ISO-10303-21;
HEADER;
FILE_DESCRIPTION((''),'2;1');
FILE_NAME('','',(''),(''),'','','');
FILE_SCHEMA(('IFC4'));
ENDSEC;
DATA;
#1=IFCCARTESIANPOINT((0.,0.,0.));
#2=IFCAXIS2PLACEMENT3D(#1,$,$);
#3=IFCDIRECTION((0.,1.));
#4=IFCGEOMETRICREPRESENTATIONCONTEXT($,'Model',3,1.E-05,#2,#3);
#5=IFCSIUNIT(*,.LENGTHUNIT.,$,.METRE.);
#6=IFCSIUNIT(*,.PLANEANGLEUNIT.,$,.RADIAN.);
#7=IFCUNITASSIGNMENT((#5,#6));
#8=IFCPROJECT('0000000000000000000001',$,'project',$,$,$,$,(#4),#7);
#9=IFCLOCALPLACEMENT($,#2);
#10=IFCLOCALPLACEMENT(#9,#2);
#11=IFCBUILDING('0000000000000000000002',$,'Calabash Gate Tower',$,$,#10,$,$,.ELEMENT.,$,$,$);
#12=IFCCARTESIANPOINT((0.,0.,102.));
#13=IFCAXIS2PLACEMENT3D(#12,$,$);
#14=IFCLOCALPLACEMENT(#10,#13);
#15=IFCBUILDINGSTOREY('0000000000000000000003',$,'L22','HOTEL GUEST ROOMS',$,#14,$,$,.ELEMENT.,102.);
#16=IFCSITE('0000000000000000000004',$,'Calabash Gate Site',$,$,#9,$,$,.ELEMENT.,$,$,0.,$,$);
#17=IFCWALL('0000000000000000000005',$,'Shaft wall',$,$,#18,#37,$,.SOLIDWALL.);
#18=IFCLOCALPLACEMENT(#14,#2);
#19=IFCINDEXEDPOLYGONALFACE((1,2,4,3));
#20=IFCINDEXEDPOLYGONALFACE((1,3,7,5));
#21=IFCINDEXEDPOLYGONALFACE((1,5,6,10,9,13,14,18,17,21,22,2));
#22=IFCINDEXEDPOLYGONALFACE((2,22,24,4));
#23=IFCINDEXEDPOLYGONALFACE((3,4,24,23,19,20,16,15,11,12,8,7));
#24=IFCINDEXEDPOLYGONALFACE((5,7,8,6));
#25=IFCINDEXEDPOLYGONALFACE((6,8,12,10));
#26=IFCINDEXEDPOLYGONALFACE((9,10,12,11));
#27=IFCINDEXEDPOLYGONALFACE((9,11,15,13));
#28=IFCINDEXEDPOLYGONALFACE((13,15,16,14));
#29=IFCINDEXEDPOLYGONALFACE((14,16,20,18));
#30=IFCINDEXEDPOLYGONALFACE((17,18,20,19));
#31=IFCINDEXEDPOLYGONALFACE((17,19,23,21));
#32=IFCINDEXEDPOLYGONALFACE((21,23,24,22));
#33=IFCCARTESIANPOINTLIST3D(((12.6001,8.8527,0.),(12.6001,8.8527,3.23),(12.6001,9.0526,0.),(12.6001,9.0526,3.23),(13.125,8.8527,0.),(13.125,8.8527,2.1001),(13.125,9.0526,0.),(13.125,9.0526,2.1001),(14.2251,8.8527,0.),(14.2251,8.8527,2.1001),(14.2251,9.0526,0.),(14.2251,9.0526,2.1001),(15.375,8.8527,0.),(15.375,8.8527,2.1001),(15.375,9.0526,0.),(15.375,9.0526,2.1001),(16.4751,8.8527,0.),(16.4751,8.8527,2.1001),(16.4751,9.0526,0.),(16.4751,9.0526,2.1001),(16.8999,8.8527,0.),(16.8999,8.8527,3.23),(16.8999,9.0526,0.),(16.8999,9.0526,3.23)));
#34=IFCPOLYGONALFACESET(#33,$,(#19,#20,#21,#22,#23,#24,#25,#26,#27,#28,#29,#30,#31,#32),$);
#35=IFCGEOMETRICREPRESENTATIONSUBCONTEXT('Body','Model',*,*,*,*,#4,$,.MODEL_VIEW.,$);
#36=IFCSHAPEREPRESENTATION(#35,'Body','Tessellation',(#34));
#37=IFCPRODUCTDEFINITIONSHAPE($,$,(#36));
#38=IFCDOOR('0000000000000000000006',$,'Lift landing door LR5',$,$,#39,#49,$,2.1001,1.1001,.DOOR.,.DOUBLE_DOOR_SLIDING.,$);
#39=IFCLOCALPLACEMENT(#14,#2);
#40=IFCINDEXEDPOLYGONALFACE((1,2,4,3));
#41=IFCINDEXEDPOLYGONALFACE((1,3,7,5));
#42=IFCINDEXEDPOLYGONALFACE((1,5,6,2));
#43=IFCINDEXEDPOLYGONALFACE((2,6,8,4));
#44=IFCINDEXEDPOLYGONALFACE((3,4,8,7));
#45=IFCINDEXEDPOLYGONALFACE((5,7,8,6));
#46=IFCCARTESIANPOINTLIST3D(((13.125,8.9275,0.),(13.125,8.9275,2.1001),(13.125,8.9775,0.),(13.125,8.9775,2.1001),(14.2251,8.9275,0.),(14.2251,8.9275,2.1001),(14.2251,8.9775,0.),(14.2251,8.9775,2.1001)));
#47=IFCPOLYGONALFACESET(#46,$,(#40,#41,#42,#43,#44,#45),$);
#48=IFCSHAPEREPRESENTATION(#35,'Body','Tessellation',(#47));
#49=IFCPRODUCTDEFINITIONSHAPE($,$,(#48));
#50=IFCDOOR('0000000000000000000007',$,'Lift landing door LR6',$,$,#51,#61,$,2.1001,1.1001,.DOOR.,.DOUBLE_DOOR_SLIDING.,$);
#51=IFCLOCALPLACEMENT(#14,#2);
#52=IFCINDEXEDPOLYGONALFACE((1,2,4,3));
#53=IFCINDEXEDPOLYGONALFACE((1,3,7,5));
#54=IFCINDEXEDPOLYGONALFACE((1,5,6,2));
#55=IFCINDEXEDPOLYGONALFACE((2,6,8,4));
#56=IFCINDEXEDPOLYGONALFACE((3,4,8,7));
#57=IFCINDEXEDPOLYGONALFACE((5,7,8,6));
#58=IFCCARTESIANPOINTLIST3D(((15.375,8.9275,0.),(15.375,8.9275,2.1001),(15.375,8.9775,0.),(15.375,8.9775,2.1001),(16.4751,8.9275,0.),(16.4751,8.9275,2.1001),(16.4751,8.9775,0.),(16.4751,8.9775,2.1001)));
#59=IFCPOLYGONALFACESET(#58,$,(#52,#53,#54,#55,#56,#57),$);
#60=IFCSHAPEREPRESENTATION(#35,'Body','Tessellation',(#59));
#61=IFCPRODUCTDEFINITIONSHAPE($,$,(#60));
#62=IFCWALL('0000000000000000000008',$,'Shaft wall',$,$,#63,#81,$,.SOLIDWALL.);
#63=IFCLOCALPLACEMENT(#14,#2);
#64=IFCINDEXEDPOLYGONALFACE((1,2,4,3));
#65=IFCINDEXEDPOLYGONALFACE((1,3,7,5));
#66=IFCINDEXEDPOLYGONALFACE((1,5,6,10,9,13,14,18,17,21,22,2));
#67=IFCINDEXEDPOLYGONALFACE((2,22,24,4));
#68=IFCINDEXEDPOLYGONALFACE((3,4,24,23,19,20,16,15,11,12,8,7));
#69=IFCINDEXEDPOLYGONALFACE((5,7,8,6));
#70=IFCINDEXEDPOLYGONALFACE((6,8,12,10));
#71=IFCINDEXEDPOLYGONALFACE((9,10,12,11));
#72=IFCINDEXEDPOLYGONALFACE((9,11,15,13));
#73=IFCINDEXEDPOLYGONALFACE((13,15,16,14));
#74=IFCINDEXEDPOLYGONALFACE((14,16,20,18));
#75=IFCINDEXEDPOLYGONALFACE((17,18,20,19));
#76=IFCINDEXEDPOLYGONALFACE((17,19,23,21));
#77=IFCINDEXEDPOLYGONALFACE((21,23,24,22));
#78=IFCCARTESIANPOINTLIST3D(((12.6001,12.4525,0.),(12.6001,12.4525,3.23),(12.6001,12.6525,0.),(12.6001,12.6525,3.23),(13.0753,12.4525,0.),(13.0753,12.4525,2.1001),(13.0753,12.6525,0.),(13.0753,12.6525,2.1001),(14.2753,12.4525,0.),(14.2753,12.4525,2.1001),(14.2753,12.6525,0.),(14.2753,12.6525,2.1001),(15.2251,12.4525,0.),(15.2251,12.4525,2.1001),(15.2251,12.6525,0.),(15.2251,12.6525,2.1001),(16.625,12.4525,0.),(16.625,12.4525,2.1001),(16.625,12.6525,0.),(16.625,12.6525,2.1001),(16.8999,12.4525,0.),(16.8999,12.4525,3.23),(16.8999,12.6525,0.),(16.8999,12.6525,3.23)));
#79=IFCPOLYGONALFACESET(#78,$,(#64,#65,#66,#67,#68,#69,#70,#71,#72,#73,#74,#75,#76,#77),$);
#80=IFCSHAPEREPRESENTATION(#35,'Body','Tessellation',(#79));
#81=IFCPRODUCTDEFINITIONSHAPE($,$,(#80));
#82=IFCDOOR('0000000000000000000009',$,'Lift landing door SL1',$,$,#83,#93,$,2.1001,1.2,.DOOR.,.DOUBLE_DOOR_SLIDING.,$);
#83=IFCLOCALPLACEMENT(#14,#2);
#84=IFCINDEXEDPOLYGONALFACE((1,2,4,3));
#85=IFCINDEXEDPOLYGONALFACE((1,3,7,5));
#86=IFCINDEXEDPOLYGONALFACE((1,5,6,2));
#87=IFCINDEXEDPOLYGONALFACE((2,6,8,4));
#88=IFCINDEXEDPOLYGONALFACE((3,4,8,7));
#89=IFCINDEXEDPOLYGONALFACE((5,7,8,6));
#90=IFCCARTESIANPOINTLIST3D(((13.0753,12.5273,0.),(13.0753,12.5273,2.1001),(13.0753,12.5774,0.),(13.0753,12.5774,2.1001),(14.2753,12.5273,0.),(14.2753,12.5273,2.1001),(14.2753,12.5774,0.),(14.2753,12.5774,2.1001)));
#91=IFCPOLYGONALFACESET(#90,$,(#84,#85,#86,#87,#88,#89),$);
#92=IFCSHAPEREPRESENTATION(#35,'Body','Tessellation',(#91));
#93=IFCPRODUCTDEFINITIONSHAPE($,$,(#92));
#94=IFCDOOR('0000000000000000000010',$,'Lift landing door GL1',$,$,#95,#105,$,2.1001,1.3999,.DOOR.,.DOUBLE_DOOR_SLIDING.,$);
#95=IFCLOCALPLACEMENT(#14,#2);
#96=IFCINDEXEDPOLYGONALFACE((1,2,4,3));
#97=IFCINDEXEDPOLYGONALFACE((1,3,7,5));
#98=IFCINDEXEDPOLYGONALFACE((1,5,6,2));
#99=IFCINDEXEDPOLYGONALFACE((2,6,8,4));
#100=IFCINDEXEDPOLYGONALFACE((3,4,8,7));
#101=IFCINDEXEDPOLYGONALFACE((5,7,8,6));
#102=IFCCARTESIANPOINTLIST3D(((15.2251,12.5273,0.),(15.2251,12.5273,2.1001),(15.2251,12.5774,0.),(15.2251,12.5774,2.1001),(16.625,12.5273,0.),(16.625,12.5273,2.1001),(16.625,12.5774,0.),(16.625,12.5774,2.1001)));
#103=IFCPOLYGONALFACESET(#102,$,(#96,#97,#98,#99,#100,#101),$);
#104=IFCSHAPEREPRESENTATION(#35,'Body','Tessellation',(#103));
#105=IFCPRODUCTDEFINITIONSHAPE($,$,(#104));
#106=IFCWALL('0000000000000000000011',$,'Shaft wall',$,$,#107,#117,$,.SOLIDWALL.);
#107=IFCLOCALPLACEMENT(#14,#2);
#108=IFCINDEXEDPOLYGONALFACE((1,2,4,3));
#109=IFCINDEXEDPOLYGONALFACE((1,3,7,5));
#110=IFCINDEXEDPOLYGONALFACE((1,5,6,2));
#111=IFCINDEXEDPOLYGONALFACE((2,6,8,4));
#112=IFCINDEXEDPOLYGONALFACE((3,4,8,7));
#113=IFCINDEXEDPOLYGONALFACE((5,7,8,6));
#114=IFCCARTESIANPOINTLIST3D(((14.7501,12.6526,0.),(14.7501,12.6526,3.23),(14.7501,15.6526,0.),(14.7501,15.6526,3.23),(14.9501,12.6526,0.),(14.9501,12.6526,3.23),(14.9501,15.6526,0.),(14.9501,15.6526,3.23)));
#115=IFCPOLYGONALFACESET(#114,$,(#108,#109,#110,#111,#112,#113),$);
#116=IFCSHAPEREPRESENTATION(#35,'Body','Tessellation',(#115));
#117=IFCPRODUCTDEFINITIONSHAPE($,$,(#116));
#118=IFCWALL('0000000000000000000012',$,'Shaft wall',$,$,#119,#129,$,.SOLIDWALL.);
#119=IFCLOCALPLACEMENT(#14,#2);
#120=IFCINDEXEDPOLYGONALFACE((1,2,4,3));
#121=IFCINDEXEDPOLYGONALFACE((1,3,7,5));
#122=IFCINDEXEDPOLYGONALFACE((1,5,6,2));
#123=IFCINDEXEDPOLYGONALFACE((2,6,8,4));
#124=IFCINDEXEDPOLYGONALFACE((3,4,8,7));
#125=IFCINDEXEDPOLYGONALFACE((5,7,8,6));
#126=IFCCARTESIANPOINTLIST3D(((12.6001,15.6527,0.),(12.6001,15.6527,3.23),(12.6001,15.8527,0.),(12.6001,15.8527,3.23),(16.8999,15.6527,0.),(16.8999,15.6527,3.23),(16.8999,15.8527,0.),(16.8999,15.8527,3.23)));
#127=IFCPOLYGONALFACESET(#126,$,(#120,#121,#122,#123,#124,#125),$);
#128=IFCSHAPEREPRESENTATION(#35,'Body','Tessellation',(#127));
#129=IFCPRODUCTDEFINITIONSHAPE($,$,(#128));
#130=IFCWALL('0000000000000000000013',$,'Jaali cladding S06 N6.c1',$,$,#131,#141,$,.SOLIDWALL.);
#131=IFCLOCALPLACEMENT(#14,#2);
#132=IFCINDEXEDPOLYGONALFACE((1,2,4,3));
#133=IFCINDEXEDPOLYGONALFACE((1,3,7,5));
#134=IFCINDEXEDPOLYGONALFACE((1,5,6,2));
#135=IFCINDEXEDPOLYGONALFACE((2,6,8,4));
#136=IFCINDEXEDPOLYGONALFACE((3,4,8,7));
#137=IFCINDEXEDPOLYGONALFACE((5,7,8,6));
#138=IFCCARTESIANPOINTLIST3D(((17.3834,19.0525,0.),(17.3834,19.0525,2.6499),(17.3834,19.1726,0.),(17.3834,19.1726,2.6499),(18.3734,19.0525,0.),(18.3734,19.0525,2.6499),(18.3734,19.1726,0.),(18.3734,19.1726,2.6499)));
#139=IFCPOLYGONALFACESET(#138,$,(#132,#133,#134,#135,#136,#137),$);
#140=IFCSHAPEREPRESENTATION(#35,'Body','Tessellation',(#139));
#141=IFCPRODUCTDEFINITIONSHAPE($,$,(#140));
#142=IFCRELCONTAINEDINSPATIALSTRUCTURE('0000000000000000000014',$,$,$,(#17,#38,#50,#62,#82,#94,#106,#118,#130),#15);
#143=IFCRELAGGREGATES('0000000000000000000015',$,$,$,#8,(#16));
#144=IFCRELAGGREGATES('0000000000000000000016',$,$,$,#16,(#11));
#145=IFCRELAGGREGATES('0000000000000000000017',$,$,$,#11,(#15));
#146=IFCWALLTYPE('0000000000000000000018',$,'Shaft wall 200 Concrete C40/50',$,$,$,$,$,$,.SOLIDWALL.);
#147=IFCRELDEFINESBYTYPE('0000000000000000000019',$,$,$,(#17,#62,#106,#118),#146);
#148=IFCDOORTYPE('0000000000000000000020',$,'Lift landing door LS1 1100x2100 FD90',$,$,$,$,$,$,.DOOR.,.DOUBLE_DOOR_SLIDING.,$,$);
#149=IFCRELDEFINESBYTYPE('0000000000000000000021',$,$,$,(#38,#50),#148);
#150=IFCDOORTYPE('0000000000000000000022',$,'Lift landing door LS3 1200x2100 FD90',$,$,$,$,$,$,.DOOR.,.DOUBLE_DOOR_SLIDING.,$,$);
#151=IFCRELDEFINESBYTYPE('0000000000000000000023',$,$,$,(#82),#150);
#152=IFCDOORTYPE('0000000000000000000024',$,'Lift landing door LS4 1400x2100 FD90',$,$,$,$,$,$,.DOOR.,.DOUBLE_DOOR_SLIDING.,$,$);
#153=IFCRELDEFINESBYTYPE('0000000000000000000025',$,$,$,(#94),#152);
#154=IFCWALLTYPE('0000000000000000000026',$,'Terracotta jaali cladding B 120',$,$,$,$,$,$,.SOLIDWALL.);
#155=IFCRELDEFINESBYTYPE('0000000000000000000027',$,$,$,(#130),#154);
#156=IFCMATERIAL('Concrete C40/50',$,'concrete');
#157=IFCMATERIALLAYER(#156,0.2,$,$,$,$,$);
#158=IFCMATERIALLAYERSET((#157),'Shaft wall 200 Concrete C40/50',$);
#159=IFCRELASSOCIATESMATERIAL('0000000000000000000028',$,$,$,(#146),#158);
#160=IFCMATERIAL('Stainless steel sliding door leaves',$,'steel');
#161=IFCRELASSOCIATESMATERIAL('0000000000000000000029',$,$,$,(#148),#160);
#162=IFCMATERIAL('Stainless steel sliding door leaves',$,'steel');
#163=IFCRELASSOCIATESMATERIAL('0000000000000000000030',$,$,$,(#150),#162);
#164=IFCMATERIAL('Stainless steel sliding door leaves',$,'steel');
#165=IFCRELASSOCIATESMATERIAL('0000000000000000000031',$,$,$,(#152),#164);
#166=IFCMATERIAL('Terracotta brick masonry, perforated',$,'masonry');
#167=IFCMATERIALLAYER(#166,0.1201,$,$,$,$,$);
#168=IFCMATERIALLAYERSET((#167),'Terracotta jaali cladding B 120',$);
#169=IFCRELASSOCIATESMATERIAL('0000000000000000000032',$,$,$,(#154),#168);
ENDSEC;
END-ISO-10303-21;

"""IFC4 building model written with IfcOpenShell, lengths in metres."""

from ifc_helpers import new_model, si_unit, direction, frame, frame_2d, origin, place, context, subcontext, project, spatial, rectangle, extrude, material, layer, layer_set, type_object, element, fill, save


model = new_model("IFC4")

# Units and contexts
model_context = context("Model", 3, precision=1e-05, world=origin(), true_north=direction((0.0, 1.0)))
body_context = subcontext(model_context, "Body", "Model", "MODEL_VIEW")
ifc_project = project(units=[si_unit("LENGTHUNIT", "METRE"), si_unit("PLANEANGLEUNIT", "RADIAN")], contexts=[model_context])

# Site, building, storey
site_placement = place(None, origin())
site = spatial("IfcSite", under=ifc_project, at=site_placement, Name="Calabash Gate Site", CompositionType="ELEMENT", RefElevation=0.0)
building_placement = place(site_placement, origin())
building = spatial("IfcBuilding", under=site, at=building_placement, Name="Calabash Gate Tower", CompositionType="ELEMENT")
storey_placement = place(building_placement, frame((0.0, 0.0, 102.0)))
storey = spatial("IfcBuildingStorey", under=building, at=storey_placement, Name="L22", Description="HOTEL GUEST ROOMS", CompositionType="ELEMENT", Elevation=102.0)

# Shared definitions
ifc_material_1 = material(Name="Concrete C40/50", Category="concrete")
ifc_layer_1 = layer(ifc_material_1, 0.2)
ifc_layer_set_1 = layer_set([ifc_layer_1], Name="Shaft wall 200 Concrete C40/50")
wall_type_1 = type_object("IfcWallType", Name="Shaft wall 200 Concrete C40/50", PredefinedType="SOLIDWALL", material=ifc_layer_set_1)

# Walls, openings, doors
wall_1_placement = place(storey_placement, frame((12.6001, 8.9526, 0.0), z_axis=(0.0, 0.0, 1.0), x_axis=(1.0, 0.0, 0.0)))
wall_1 = element("IfcWall", 1, at=wall_1_placement, inside=storey, type_object=wall_type_1, Name="Shaft wall", PredefinedType="SOLIDWALL", context=body_context, shape_type="SweptSolid", body=[
    extrude(rectangle(XDim=4.2998, YDim=0.2, at=frame_2d((2.1499, 0.0))), origin(), (0.0, 0.0, 1.0), 3.23),
])
opening_1_placement = place(wall_1_placement, frame((0.5249, 0.0, 0.0)))
opening_1 = element("IfcOpeningElement", 2, at=opening_1_placement, cuts=wall_1, PredefinedType="OPENING", context=body_context, shape_type="SweptSolid", body=[
    extrude(rectangle(XDim=1.1001, YDim=2.1001, at=frame_2d((0.55, 1.05))), frame((0.0, 0.1099, 0.0), z_axis=(0.0, -1.0, 0.0), x_axis=(1.0, 0.0, 0.0)), (0.0, 0.0, 1.0), 0.22),
])
opening_2_placement = place(wall_1_placement, frame((2.7749, 0.0, 0.0)))
opening_2 = element("IfcOpeningElement", 3, at=opening_2_placement, cuts=wall_1, PredefinedType="OPENING", context=body_context, shape_type="SweptSolid", body=[
    extrude(rectangle(XDim=1.1001, YDim=2.1001, at=frame_2d((0.55, 1.05))), frame((0.0, 0.1099, 0.0), z_axis=(0.0, -1.0, 0.0), x_axis=(1.0, 0.0, 0.0)), (0.0, 0.0, 1.0), 0.22),
])
ifc_material_2 = material(Name="Stainless steel sliding door leaves", Category="steel")
door_type_1 = type_object("IfcDoorType", Name="Lift landing door LS1 1100x2100 FD90", OperationType="DOUBLE_DOOR_SLIDING", PredefinedType="DOOR", material=ifc_material_2)
door_1_placement = place(opening_1_placement, origin())
door_1 = element("IfcDoor", 4, at=door_1_placement, inside=storey, type_object=door_type_1, Name="Lift landing door LR5", OperationType="DOUBLE_DOOR_SLIDING", OverallHeight=2.1001, OverallWidth=1.1001, PredefinedType="DOOR", context=body_context, shape_type="SweptSolid", body=[
    extrude(rectangle(XDim=1.1001, YDim=2.1001, at=frame_2d((0.55, 1.05))), frame((0.0, 0.0249, 0.0), z_axis=(0.0, -1.0, 0.0), x_axis=(1.0, 0.0, 0.0)), (0.0, 0.0, 1.0), 0.05),
])
fill(opening_1, door_1)
door_2_placement = place(opening_2_placement, origin())
door_2 = element("IfcDoor", 5, at=door_2_placement, inside=storey, type_object=door_type_1, Name="Lift landing door LR6", OperationType="DOUBLE_DOOR_SLIDING", OverallHeight=2.1001, OverallWidth=1.1001, PredefinedType="DOOR", context=body_context, shape_type="SweptSolid", body=[
    extrude(rectangle(XDim=1.1001, YDim=2.1001, at=frame_2d((0.55, 1.05))), frame((0.0, 0.0249, 0.0), z_axis=(0.0, -1.0, 0.0), x_axis=(1.0, 0.0, 0.0)), (0.0, 0.0, 1.0), 0.05),
])
fill(opening_2, door_2)
wall_2_placement = place(storey_placement, frame((12.6001, 12.5525, 0.0), z_axis=(0.0, 0.0, 1.0), x_axis=(1.0, 0.0, 0.0)))
wall_2 = element("IfcWall", 6, at=wall_2_placement, inside=storey, type_object=wall_type_1, Name="Shaft wall", PredefinedType="SOLIDWALL", context=body_context, shape_type="SweptSolid", body=[
    extrude(rectangle(XDim=4.2998, YDim=0.2, at=frame_2d((2.1499, 0.0))), origin(), (0.0, 0.0, 1.0), 3.23),
])
opening_3_placement = place(wall_2_placement, frame((0.4751, 0.0, 0.0)))
opening_3 = element("IfcOpeningElement", 7, at=opening_3_placement, cuts=wall_2, PredefinedType="OPENING", context=body_context, shape_type="SweptSolid", body=[
    extrude(rectangle(XDim=1.2, YDim=2.1001, at=frame_2d((0.6001, 1.05))), frame((0.0, 0.1099, 0.0), z_axis=(0.0, -1.0, 0.0), x_axis=(1.0, 0.0, 0.0)), (0.0, 0.0, 1.0), 0.22),
])
opening_4_placement = place(wall_2_placement, frame((2.625, 0.0, 0.0)))
opening_4 = element("IfcOpeningElement", 8, at=opening_4_placement, cuts=wall_2, PredefinedType="OPENING", context=body_context, shape_type="SweptSolid", body=[
    extrude(rectangle(XDim=1.3999, YDim=2.1001, at=frame_2d((0.7, 1.05))), frame((0.0, 0.1099, 0.0), z_axis=(0.0, -1.0, 0.0), x_axis=(1.0, 0.0, 0.0)), (0.0, 0.0, 1.0), 0.22),
])
ifc_material_3 = material(Name="Stainless steel sliding door leaves", Category="steel")
door_type_2 = type_object("IfcDoorType", Name="Lift landing door LS3 1200x2100 FD90", OperationType="DOUBLE_DOOR_SLIDING", PredefinedType="DOOR", material=ifc_material_3)
door_3_placement = place(opening_3_placement, origin())
door_3 = element("IfcDoor", 9, at=door_3_placement, inside=storey, type_object=door_type_2, Name="Lift landing door SL1", OperationType="DOUBLE_DOOR_SLIDING", OverallHeight=2.1001, OverallWidth=1.2, PredefinedType="DOOR", context=body_context, shape_type="SweptSolid", body=[
    extrude(rectangle(XDim=1.2, YDim=2.1001, at=frame_2d((0.6001, 1.05))), frame((0.0, 0.0249, 0.0), z_axis=(0.0, -1.0, 0.0), x_axis=(1.0, 0.0, 0.0)), (0.0, 0.0, 1.0), 0.05),
])
fill(opening_3, door_3)
ifc_material_4 = material(Name="Stainless steel sliding door leaves", Category="steel")
door_type_3 = type_object("IfcDoorType", Name="Lift landing door LS4 1400x2100 FD90", OperationType="DOUBLE_DOOR_SLIDING", PredefinedType="DOOR", material=ifc_material_4)
door_4_placement = place(opening_4_placement, origin())
door_4 = element("IfcDoor", 10, at=door_4_placement, inside=storey, type_object=door_type_3, Name="Lift landing door GL1", OperationType="DOUBLE_DOOR_SLIDING", OverallHeight=2.1001, OverallWidth=1.3999, PredefinedType="DOOR", context=body_context, shape_type="SweptSolid", body=[
    extrude(rectangle(XDim=1.3999, YDim=2.1001, at=frame_2d((0.7, 1.05))), frame((0.0, 0.0249, 0.0), z_axis=(0.0, -1.0, 0.0), x_axis=(1.0, 0.0, 0.0)), (0.0, 0.0, 1.0), 0.05),
])
fill(opening_4, door_4)

# Walls
wall_3_placement = place(storey_placement, frame((14.8501, 12.6526, 0.0), z_axis=(0.0, 0.0, 1.0), x_axis=(0.0, 1.0, 0.0)))
element("IfcWall", 11, at=wall_3_placement, inside=storey, type_object=wall_type_1, Name="Shaft wall", PredefinedType="SOLIDWALL", context=body_context, shape_type="SweptSolid", body=[
    extrude(rectangle(XDim=3.0, YDim=0.2, at=frame_2d((1.5, 0.0))), origin(), (0.0, 0.0, 1.0), 3.23),
])
wall_4_placement = place(storey_placement, frame((12.6001, 15.7527, 0.0), z_axis=(0.0, 0.0, 1.0), x_axis=(1.0, 0.0, 0.0)))
element("IfcWall", 12, at=wall_4_placement, inside=storey, type_object=wall_type_1, Name="Shaft wall", PredefinedType="SOLIDWALL", context=body_context, shape_type="SweptSolid", body=[
    extrude(rectangle(XDim=4.2998, YDim=0.2, at=frame_2d((2.1499, 0.0))), origin(), (0.0, 0.0, 1.0), 3.23),
])
ifc_material_5 = material(Name="Terracotta brick masonry, perforated", Category="masonry")
ifc_layer_2 = layer(ifc_material_5, 0.1201)
ifc_layer_set_2 = layer_set([ifc_layer_2], Name="Terracotta jaali cladding B 120")
wall_type_2 = type_object("IfcWallType", Name="Terracotta jaali cladding B 120", PredefinedType="SOLIDWALL", material=ifc_layer_set_2)
wall_5_placement = place(storey_placement, frame((17.3833, 19.1125, 0.0), z_axis=(0.0, 0.0, 1.0), x_axis=(1.0, 0.0, 0.0)))
element("IfcWall", 13, at=wall_5_placement, inside=storey, type_object=wall_type_2, Name="Jaali cladding S06 N6.c1", PredefinedType="SOLIDWALL", context=body_context, shape_type="SweptSolid", body=[
    extrude(rectangle(XDim=0.99, YDim=0.1201, at=frame_2d((0.4951, 0.0))), origin(), (0.0, 0.0, 1.0), 2.6499),
])

save(model, "model.ifc")
